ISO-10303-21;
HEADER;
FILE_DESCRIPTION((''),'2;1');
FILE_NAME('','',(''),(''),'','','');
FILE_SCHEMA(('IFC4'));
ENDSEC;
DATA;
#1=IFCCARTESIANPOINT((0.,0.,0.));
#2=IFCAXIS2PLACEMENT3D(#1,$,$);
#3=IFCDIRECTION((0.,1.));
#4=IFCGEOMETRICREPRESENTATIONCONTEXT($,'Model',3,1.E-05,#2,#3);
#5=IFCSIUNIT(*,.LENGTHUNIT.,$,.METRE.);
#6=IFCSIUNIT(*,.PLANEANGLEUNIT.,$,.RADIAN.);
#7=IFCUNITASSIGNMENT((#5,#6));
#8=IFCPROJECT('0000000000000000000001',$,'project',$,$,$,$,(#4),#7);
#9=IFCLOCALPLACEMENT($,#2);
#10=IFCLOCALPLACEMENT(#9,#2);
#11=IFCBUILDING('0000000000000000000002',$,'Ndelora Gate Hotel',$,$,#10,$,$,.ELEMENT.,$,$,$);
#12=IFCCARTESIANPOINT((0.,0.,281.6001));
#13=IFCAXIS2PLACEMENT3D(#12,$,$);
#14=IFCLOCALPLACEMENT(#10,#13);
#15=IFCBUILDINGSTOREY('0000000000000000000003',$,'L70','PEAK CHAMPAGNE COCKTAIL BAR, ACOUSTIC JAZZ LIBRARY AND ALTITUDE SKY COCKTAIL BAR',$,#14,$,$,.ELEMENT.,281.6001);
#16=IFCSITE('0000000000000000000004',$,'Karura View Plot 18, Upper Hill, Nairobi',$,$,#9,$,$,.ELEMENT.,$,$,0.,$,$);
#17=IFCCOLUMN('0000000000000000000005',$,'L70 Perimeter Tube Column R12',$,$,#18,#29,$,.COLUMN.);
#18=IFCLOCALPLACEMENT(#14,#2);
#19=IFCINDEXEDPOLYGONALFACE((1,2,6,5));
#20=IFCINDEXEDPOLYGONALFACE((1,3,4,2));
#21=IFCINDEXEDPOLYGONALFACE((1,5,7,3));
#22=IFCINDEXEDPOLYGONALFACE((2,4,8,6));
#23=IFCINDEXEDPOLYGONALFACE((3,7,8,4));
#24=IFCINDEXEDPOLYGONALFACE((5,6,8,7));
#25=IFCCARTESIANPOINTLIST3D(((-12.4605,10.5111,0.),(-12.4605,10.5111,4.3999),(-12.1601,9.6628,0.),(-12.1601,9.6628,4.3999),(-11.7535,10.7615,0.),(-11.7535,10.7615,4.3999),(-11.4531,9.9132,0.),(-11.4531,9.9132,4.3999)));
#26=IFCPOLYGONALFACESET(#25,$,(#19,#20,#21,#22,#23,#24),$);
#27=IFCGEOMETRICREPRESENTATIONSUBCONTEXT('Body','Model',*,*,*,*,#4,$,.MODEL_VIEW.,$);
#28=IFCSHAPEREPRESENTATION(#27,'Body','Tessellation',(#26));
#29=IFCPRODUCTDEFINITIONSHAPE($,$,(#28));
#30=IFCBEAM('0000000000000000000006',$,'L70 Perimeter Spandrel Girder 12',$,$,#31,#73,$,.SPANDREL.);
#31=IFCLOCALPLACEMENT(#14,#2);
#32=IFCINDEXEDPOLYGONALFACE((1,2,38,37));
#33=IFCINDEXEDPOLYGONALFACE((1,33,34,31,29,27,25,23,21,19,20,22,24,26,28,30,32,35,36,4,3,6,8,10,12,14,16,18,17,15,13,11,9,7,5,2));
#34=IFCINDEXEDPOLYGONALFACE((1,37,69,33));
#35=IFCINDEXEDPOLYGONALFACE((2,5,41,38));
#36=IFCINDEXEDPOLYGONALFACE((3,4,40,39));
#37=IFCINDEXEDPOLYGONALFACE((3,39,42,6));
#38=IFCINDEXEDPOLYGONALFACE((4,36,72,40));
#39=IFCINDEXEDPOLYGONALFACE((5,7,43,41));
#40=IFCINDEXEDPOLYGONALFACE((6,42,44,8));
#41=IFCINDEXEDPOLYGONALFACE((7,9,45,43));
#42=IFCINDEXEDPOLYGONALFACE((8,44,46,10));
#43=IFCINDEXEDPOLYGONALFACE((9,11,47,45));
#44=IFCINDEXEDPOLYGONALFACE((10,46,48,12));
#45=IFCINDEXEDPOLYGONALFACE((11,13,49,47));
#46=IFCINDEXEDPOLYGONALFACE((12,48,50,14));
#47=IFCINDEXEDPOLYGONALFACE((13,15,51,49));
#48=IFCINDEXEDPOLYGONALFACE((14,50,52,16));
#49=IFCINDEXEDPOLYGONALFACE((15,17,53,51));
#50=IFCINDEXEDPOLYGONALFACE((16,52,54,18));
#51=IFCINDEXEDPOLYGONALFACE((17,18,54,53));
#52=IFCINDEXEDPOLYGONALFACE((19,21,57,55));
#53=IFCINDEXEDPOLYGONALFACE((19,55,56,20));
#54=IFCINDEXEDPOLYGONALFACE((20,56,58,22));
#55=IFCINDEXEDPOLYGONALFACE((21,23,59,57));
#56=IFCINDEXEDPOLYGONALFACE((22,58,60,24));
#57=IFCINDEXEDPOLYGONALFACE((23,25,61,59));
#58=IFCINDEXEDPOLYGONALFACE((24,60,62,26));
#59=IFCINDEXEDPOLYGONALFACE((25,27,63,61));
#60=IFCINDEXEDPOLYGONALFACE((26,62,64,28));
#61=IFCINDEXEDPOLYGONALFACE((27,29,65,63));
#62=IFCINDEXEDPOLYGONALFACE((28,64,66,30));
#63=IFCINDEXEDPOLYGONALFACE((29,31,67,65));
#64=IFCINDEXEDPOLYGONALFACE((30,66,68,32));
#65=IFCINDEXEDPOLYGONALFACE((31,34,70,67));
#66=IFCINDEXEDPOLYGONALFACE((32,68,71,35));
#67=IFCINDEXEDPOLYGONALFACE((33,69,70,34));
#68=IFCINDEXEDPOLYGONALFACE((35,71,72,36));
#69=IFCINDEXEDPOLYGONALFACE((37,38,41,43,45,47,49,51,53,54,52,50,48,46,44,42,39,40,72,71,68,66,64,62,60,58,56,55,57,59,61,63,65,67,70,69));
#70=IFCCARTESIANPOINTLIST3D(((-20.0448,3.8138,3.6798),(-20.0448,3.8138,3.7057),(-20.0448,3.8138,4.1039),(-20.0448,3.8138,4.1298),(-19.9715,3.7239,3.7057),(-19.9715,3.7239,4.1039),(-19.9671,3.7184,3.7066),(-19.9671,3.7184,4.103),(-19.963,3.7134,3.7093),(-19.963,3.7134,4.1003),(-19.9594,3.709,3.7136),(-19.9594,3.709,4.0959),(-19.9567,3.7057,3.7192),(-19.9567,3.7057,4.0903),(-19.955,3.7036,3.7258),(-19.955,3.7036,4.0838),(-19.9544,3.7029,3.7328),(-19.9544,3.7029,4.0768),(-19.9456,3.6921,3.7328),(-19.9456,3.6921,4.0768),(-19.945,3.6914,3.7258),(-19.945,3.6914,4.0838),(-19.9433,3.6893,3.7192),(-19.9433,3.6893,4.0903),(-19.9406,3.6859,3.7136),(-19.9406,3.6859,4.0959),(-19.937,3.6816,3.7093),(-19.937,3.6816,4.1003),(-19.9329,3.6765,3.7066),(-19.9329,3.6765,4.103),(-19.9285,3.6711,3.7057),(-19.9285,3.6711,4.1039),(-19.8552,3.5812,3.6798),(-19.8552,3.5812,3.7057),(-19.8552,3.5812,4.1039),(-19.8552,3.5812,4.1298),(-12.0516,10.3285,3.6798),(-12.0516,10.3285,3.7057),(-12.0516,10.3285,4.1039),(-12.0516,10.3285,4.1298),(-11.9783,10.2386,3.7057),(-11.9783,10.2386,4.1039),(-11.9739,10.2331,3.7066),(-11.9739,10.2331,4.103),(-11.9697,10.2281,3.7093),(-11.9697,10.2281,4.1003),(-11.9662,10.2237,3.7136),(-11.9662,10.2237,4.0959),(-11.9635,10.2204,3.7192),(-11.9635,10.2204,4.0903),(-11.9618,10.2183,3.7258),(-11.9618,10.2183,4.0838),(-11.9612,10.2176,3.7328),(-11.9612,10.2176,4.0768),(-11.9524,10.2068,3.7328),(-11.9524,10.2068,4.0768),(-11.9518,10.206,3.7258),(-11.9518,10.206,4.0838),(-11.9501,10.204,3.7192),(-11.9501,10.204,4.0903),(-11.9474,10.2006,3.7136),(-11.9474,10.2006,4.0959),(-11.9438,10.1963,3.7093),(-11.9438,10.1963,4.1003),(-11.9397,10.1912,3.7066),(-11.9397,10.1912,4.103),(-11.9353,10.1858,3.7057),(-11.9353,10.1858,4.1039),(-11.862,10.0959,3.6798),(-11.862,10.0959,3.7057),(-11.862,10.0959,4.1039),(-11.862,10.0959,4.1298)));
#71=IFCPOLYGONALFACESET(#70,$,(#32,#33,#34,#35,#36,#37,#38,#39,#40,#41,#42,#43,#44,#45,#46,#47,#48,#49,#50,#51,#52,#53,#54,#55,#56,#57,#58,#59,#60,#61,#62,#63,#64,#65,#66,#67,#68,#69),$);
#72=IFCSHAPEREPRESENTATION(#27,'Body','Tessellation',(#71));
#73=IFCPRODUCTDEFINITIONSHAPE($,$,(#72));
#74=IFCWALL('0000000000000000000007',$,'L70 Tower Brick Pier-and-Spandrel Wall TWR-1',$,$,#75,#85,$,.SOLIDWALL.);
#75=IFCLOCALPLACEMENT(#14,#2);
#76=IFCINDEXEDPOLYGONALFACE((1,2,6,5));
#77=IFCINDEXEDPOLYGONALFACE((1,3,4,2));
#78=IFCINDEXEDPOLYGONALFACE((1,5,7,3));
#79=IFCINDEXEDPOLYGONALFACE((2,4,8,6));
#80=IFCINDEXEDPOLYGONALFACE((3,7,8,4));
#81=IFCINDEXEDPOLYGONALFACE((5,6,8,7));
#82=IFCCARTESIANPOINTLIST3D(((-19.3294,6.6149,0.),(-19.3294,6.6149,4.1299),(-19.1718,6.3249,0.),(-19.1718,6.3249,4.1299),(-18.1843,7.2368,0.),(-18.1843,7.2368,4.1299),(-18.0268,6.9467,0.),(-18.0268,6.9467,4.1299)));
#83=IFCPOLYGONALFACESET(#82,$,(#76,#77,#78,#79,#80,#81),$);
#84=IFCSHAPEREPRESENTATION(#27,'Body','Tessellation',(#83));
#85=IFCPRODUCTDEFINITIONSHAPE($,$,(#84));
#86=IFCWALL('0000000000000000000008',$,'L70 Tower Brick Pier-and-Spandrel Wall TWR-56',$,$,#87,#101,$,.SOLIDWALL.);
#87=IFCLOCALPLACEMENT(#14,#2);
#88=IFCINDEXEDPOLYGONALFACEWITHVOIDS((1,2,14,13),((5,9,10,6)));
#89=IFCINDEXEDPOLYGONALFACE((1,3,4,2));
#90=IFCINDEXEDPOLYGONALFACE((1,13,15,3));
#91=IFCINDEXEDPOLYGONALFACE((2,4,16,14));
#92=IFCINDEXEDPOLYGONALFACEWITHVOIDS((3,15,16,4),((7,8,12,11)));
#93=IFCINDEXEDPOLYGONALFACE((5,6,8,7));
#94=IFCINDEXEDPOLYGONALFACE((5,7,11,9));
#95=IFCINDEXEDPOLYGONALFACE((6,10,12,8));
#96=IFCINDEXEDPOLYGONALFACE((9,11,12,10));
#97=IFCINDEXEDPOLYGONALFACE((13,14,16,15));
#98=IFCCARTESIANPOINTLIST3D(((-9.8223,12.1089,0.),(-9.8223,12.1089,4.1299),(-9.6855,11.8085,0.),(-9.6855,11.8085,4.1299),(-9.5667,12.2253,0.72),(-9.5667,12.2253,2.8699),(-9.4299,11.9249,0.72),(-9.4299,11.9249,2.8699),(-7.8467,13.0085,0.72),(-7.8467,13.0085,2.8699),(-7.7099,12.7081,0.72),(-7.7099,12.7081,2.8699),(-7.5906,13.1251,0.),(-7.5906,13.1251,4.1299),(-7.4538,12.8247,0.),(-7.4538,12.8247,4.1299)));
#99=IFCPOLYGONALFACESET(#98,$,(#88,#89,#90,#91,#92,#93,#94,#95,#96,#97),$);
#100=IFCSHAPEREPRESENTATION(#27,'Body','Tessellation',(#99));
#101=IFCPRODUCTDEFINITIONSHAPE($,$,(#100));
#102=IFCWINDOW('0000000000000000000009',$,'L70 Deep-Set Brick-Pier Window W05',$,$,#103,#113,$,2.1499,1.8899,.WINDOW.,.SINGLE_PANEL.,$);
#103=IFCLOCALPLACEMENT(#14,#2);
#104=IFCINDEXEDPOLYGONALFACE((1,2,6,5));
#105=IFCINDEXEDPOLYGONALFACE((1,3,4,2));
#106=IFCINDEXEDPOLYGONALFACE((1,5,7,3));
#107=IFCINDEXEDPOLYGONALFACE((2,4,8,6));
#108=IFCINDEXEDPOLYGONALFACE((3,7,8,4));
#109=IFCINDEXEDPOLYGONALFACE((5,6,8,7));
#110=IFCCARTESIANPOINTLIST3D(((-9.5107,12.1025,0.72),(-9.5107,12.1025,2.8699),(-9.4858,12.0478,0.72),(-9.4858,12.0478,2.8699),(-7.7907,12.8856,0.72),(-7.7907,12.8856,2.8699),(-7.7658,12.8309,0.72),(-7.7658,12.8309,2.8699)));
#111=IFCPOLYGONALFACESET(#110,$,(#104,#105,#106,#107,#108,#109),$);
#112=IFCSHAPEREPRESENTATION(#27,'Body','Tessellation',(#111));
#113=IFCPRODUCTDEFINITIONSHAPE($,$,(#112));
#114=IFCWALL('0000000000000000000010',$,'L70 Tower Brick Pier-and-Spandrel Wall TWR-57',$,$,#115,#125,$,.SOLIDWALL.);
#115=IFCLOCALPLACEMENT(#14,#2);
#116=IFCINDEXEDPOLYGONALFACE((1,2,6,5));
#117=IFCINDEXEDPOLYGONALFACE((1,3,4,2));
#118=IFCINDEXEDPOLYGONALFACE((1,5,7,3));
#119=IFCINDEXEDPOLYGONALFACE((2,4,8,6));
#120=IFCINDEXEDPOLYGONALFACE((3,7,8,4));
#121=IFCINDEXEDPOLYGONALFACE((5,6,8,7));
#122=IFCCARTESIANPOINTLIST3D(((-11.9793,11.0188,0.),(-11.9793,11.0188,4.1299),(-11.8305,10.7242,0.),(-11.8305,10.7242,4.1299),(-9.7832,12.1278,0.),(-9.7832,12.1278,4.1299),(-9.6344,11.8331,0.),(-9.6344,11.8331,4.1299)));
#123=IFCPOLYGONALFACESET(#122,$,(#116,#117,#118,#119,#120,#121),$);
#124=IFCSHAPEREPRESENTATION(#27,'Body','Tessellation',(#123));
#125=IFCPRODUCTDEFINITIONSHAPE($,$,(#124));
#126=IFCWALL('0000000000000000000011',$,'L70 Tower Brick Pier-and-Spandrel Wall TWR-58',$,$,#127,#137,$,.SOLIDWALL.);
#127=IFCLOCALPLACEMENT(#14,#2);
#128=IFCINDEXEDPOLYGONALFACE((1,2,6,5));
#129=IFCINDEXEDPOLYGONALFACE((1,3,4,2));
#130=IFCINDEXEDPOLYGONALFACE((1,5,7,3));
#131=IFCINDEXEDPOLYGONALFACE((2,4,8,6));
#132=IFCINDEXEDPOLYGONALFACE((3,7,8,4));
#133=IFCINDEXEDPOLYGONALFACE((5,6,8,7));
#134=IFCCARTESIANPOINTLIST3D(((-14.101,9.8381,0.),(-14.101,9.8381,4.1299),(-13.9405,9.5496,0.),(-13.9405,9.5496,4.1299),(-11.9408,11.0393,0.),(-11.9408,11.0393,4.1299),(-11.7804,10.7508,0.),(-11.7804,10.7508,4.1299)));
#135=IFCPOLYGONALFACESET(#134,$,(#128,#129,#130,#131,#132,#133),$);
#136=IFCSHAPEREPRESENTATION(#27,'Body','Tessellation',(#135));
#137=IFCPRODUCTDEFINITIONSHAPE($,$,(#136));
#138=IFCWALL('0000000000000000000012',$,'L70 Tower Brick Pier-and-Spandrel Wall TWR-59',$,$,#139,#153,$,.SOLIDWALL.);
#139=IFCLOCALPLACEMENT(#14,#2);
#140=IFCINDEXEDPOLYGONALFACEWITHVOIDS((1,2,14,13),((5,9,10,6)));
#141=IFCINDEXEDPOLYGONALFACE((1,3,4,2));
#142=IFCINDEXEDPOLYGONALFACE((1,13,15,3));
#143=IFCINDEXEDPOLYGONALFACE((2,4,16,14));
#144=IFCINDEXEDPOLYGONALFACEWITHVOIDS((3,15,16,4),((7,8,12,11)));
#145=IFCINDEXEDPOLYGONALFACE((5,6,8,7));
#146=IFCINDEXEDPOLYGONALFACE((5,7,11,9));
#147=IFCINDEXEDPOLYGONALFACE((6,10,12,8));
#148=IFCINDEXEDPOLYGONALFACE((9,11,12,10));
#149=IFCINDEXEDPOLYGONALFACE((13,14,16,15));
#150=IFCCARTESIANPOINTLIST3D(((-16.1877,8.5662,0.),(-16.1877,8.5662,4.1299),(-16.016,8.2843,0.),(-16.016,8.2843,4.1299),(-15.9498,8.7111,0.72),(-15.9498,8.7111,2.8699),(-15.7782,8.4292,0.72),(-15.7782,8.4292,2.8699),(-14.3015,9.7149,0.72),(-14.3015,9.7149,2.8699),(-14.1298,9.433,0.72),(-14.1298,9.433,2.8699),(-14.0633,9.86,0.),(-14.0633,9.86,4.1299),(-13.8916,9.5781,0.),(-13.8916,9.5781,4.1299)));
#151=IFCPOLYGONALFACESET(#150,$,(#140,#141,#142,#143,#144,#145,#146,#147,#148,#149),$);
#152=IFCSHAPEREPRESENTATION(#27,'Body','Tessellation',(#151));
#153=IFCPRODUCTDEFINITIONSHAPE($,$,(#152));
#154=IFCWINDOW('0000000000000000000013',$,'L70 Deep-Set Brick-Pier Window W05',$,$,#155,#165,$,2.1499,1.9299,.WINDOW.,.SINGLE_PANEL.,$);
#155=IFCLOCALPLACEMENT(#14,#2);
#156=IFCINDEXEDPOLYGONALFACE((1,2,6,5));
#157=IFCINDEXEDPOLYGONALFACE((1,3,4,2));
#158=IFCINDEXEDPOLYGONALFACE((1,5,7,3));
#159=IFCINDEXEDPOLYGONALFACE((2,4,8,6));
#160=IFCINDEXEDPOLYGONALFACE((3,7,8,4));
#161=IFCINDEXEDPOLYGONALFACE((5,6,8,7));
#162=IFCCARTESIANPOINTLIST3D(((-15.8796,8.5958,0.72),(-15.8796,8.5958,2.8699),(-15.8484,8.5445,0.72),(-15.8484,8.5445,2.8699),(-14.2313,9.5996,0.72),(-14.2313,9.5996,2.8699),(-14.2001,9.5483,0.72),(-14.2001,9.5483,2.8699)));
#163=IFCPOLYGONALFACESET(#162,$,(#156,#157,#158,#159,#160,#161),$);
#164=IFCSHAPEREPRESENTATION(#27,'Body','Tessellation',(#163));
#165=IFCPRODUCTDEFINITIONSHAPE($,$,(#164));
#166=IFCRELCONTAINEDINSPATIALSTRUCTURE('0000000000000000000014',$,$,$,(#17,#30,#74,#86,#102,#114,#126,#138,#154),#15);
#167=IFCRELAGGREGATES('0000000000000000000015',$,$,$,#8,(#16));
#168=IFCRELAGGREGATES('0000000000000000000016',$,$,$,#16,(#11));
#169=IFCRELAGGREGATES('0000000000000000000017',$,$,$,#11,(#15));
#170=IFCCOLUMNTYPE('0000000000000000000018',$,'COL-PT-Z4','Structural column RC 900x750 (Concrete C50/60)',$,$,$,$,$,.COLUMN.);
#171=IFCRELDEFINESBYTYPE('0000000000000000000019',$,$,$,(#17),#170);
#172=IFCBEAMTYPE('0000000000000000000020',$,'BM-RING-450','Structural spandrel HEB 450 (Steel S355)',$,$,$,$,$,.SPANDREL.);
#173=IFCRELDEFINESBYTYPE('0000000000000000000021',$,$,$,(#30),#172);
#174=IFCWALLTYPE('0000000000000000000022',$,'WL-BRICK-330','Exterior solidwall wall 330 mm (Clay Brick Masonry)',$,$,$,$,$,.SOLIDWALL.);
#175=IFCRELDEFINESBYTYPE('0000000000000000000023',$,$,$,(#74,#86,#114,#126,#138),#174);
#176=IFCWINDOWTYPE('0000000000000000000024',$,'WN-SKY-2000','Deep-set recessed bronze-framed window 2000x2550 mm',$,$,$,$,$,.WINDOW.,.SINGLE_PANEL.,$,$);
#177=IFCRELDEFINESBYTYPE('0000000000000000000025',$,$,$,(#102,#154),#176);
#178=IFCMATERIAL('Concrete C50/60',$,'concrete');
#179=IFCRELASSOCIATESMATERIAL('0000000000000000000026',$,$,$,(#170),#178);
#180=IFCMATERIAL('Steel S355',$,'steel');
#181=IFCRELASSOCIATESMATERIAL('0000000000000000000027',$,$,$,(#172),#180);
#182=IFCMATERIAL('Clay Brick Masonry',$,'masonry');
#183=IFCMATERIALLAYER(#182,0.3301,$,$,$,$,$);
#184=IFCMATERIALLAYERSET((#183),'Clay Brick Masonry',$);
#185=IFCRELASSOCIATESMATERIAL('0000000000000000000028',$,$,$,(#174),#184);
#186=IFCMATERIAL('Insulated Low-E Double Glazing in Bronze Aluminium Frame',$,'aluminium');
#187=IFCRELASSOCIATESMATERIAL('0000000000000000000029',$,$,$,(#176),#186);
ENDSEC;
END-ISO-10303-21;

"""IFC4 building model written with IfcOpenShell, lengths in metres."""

from ifc_helpers import new_model, si_unit, direction, frame, frame_2d, origin, origin_2d, place, context, subcontext, project, spatial, rectangle, i_section, extrude, material, layer, layer_set, material_profile, profile_set, type_object, element, fill, save


model = new_model("IFC4")

# Units and contexts
model_context = context("Model", 3, precision=1e-05, world=origin(), true_north=direction((0.0, 1.0)))
body_context = subcontext(model_context, "Body", "Model", "MODEL_VIEW")
ifc_project = project(units=[si_unit("LENGTHUNIT", "METRE"), si_unit("PLANEANGLEUNIT", "RADIAN")], contexts=[model_context])

# Site, building, storey
site_placement = place(None, origin())
site = spatial("IfcSite", under=ifc_project, at=site_placement, Name="Karura View Plot 18, Upper Hill, Nairobi", CompositionType="ELEMENT", RefElevation=0.0)
building_placement = place(site_placement, origin())
building = spatial("IfcBuilding", under=site, at=building_placement, Name="Ndelora Gate Hotel", CompositionType="ELEMENT")
storey_placement = place(building_placement, frame((0.0, 0.0, 281.6001)))
storey = spatial("IfcBuildingStorey", under=building, at=storey_placement, Name="L70", Description="PEAK CHAMPAGNE COCKTAIL BAR, ACOUSTIC JAZZ LIBRARY AND ALTITUDE SKY COCKTAIL BAR", CompositionType="ELEMENT", Elevation=281.6001)

# Column
ifc_material_1 = material(Name="Concrete C50/60", Category="concrete")
ifc_material_profile_1 = material_profile(ifc_material_1, rectangle(XDim=0.75, YDim=0.8999, at=origin_2d()), Name="RC 900x750")
ifc_profile_set_1 = profile_set([ifc_material_profile_1], Name="Concrete C50/60")
column_type = type_object("IfcColumnType", Name="COL-PT-Z4", Description="Structural column RC 900x750 (Concrete C50/60)", PredefinedType="COLUMN", material=ifc_profile_set_1)
column_placement = place(storey_placement, frame((-11.9568, 10.2122, 0.0), z_axis=(0.0, 0.0, 1.0), x_axis=(0.942641, 0.333807, 0.0)))
element("IfcColumn", 1, at=column_placement, inside=storey, type_object=column_type, Name="L70 Perimeter Tube Column R12", PredefinedType="COLUMN", context=body_context, shape_type="SweptSolid", body=[
    extrude(rectangle(XDim=0.75, YDim=0.8999, at=origin_2d()), origin(), (0.0, 0.0, 1.0), 4.3999),
])

# Beam
ifc_material_2 = material(Name="Steel S355", Category="steel")
ifc_material_profile_2 = material_profile(ifc_material_2, i_section(OverallWidth=0.3, OverallDepth=0.45, WebThickness=0.0139, FlangeThickness=0.0259, FilletRadius=0.0271, at=origin_2d()), Name="HEB 450")
ifc_profile_set_2 = profile_set([ifc_material_profile_2], Name="Steel S355")
beam_type = type_object("IfcBeamType", Name="BM-RING-450", Description="Structural spandrel HEB 450 (Steel S355)", PredefinedType="SPANDREL", material=ifc_profile_set_2)
beam_placement = place(storey_placement, frame((-11.9568, 10.2122, 3.9048), z_axis=(-0.775154, -0.631772, 0.0), x_axis=(0.631772, -0.775154, 0.0)))
element("IfcBeam", 2, at=beam_placement, inside=storey, type_object=beam_type, Name="L70 Perimeter Spandrel Girder 12", PredefinedType="SPANDREL", context=body_context, shape_type="SweptSolid", body=[
    extrude(i_section(OverallWidth=0.3, OverallDepth=0.45, WebThickness=0.0139, FlangeThickness=0.0259, FilletRadius=0.0271, at=origin_2d()), origin(), (0.0, 0.0, 1.0), 10.3118),
])

# Wall
ifc_material_3 = material(Name="Clay Brick Masonry", Category="masonry")
ifc_layer_1 = layer(ifc_material_3, 0.3301)
ifc_layer_set_1 = layer_set([ifc_layer_1], Name="Clay Brick Masonry")
wall_type_1 = type_object("IfcWallType", Name="WL-BRICK-330", Description="Exterior solidwall wall 330 mm (Clay Brick Masonry)", PredefinedType="SOLIDWALL", material=ifc_layer_set_1)
wall_1_placement = place(storey_placement, frame((-19.2505, 6.47, 0.0), z_axis=(0.0, 0.0, 1.0), x_axis=(0.878775, 0.477237, 0.0)))
element("IfcWall", 3, at=wall_1_placement, inside=storey, type_object=wall_type_1, Name="L70 Tower Brick Pier-and-Spandrel Wall TWR-1", PredefinedType="SOLIDWALL", context=body_context, shape_type="SweptSolid", body=[
    extrude(rectangle(XDim=1.303, YDim=0.3301, at=frame_2d((0.6514, 0.0))), origin(), (0.0, 0.0, 1.0), 4.1299),
])

# Wall, opening, window
wall_2_placement = place(storey_placement, frame((-9.7539, 11.9587, 0.0), z_axis=(0.0, 0.0, 1.0), x_axis=(0.910104, 0.41438, 0.0)))
wall_2 = element("IfcWall", 4, at=wall_2_placement, inside=storey, type_object=wall_type_1, Name="L70 Tower Brick Pier-and-Spandrel Wall TWR-56", PredefinedType="SOLIDWALL", context=body_context, shape_type="SweptSolid", body=[
    extrude(rectangle(XDim=2.4521, YDim=0.3301, at=frame_2d((1.2261, 0.0))), origin(), (0.0, 0.0, 1.0), 4.1299),
])
opening_1_placement = place(wall_2_placement, frame((0.281, 0.0, 0.72)))
opening_1 = element("IfcOpeningElement", 5, at=opening_1_placement, cuts=wall_2, PredefinedType="OPENING", context=body_context, shape_type="SweptSolid", body=[
    extrude(rectangle(XDim=1.8899, YDim=2.1499, at=frame_2d((0.9448, 1.075))), frame((0.0, 0.175, 0.0), z_axis=(0.0, -1.0, 0.0), x_axis=(1.0, 0.0, 0.0)), (0.0, 0.0, 1.0), 0.3501),
])
ifc_material_4 = material(Name="Insulated Low-E Double Glazing in Bronze Aluminium Frame", Category="aluminium")
window_type = type_object("IfcWindowType", Name="WN-SKY-2000", Description="Deep-set recessed bronze-framed window 2000x2550 mm", PartitioningType="SINGLE_PANEL", PredefinedType="WINDOW", material=ifc_material_4)
window_1_placement = place(opening_1_placement, origin())
window_1 = element("IfcWindow", 6, at=window_1_placement, inside=storey, type_object=window_type, Name="L70 Deep-Set Brick-Pier Window W05", OverallHeight=2.1499, OverallWidth=1.8899, PartitioningType="SINGLE_PANEL", PredefinedType="WINDOW", context=body_context, shape_type="SweptSolid", body=[
    extrude(rectangle(XDim=1.8899, YDim=2.1499, at=frame_2d((0.9448, 1.075))), frame((0.0, 0.03, 0.0), z_axis=(0.0, -1.0, 0.0), x_axis=(1.0, 0.0, 0.0)), (0.0, 0.0, 1.0), 0.0601),
])
fill(opening_1, window_1)

# Walls
wall_3_placement = place(storey_placement, frame((-11.9048, 10.8716, 0.0), z_axis=(0.0, 0.0, 1.0), x_axis=(0.892654, 0.450743, 0.0)))
element("IfcWall", 7, at=wall_3_placement, inside=storey, type_object=wall_type_1, Name="L70 Tower Brick Pier-and-Spandrel Wall TWR-57", PredefinedType="SOLIDWALL", context=body_context, shape_type="SweptSolid", body=[
    extrude(rectangle(XDim=2.4602, YDim=0.3301, at=frame_2d((1.23, 0.0))), origin(), (0.0, 0.0, 1.0), 4.1299),
])
wall_4_placement = place(storey_placement, frame((-14.0208, 9.6938, 0.0), z_axis=(0.0, 0.0, 1.0), x_axis=(0.873971, 0.485978, 0.0)))
element("IfcWall", 8, at=wall_4_placement, inside=storey, type_object=wall_type_1, Name="L70 Tower Brick Pier-and-Spandrel Wall TWR-58", PredefinedType="SOLIDWALL", context=body_context, shape_type="SweptSolid", body=[
    extrude(rectangle(XDim=2.4717, YDim=0.3301, at=frame_2d((1.2358, 0.0))), origin(), (0.0, 0.0, 1.0), 4.1299),
])

# Wall, opening, window
wall_5_placement = place(storey_placement, frame((-16.1018, 8.4253, 0.0), z_axis=(0.0, 0.0, 1.0), x_axis=(0.854079, 0.520143, 0.0)))
wall_5 = element("IfcWall", 9, at=wall_5_placement, inside=storey, type_object=wall_type_1, Name="L70 Tower Brick Pier-and-Spandrel Wall TWR-59", PredefinedType="SOLIDWALL", context=body_context, shape_type="SweptSolid", body=[
    extrude(rectangle(XDim=2.4873, YDim=0.3301, at=frame_2d((1.2437, 0.0))), origin(), (0.0, 0.0, 1.0), 4.1299),
])
opening_2_placement = place(wall_5_placement, frame((0.2786, 0.0, 0.72)))
opening_2 = element("IfcOpeningElement", 10, at=opening_2_placement, cuts=wall_5, PredefinedType="OPENING", context=body_context, shape_type="SweptSolid", body=[
    extrude(rectangle(XDim=1.9299, YDim=2.1499, at=frame_2d((0.9648, 1.075))), frame((0.0, 0.175, 0.0), z_axis=(0.0, -1.0, 0.0), x_axis=(1.0, 0.0, 0.0)), (0.0, 0.0, 1.0), 0.3501),
])
window_2_placement = place(opening_2_placement, origin())
window_2 = element("IfcWindow", 11, at=window_2_placement, inside=storey, type_object=window_type, Name="L70 Deep-Set Brick-Pier Window W05", OverallHeight=2.1499, OverallWidth=1.9299, PartitioningType="SINGLE_PANEL", PredefinedType="WINDOW", context=body_context, shape_type="SweptSolid", body=[
    extrude(rectangle(XDim=1.9299, YDim=2.1499, at=frame_2d((0.9648, 1.075))), frame((0.0, 0.03, 0.0), z_axis=(0.0, -1.0, 0.0), x_axis=(1.0, 0.0, 0.0)), (0.0, 0.0, 1.0), 0.0601),
])
fill(opening_2, window_2)

save(model, "model.ifc")
